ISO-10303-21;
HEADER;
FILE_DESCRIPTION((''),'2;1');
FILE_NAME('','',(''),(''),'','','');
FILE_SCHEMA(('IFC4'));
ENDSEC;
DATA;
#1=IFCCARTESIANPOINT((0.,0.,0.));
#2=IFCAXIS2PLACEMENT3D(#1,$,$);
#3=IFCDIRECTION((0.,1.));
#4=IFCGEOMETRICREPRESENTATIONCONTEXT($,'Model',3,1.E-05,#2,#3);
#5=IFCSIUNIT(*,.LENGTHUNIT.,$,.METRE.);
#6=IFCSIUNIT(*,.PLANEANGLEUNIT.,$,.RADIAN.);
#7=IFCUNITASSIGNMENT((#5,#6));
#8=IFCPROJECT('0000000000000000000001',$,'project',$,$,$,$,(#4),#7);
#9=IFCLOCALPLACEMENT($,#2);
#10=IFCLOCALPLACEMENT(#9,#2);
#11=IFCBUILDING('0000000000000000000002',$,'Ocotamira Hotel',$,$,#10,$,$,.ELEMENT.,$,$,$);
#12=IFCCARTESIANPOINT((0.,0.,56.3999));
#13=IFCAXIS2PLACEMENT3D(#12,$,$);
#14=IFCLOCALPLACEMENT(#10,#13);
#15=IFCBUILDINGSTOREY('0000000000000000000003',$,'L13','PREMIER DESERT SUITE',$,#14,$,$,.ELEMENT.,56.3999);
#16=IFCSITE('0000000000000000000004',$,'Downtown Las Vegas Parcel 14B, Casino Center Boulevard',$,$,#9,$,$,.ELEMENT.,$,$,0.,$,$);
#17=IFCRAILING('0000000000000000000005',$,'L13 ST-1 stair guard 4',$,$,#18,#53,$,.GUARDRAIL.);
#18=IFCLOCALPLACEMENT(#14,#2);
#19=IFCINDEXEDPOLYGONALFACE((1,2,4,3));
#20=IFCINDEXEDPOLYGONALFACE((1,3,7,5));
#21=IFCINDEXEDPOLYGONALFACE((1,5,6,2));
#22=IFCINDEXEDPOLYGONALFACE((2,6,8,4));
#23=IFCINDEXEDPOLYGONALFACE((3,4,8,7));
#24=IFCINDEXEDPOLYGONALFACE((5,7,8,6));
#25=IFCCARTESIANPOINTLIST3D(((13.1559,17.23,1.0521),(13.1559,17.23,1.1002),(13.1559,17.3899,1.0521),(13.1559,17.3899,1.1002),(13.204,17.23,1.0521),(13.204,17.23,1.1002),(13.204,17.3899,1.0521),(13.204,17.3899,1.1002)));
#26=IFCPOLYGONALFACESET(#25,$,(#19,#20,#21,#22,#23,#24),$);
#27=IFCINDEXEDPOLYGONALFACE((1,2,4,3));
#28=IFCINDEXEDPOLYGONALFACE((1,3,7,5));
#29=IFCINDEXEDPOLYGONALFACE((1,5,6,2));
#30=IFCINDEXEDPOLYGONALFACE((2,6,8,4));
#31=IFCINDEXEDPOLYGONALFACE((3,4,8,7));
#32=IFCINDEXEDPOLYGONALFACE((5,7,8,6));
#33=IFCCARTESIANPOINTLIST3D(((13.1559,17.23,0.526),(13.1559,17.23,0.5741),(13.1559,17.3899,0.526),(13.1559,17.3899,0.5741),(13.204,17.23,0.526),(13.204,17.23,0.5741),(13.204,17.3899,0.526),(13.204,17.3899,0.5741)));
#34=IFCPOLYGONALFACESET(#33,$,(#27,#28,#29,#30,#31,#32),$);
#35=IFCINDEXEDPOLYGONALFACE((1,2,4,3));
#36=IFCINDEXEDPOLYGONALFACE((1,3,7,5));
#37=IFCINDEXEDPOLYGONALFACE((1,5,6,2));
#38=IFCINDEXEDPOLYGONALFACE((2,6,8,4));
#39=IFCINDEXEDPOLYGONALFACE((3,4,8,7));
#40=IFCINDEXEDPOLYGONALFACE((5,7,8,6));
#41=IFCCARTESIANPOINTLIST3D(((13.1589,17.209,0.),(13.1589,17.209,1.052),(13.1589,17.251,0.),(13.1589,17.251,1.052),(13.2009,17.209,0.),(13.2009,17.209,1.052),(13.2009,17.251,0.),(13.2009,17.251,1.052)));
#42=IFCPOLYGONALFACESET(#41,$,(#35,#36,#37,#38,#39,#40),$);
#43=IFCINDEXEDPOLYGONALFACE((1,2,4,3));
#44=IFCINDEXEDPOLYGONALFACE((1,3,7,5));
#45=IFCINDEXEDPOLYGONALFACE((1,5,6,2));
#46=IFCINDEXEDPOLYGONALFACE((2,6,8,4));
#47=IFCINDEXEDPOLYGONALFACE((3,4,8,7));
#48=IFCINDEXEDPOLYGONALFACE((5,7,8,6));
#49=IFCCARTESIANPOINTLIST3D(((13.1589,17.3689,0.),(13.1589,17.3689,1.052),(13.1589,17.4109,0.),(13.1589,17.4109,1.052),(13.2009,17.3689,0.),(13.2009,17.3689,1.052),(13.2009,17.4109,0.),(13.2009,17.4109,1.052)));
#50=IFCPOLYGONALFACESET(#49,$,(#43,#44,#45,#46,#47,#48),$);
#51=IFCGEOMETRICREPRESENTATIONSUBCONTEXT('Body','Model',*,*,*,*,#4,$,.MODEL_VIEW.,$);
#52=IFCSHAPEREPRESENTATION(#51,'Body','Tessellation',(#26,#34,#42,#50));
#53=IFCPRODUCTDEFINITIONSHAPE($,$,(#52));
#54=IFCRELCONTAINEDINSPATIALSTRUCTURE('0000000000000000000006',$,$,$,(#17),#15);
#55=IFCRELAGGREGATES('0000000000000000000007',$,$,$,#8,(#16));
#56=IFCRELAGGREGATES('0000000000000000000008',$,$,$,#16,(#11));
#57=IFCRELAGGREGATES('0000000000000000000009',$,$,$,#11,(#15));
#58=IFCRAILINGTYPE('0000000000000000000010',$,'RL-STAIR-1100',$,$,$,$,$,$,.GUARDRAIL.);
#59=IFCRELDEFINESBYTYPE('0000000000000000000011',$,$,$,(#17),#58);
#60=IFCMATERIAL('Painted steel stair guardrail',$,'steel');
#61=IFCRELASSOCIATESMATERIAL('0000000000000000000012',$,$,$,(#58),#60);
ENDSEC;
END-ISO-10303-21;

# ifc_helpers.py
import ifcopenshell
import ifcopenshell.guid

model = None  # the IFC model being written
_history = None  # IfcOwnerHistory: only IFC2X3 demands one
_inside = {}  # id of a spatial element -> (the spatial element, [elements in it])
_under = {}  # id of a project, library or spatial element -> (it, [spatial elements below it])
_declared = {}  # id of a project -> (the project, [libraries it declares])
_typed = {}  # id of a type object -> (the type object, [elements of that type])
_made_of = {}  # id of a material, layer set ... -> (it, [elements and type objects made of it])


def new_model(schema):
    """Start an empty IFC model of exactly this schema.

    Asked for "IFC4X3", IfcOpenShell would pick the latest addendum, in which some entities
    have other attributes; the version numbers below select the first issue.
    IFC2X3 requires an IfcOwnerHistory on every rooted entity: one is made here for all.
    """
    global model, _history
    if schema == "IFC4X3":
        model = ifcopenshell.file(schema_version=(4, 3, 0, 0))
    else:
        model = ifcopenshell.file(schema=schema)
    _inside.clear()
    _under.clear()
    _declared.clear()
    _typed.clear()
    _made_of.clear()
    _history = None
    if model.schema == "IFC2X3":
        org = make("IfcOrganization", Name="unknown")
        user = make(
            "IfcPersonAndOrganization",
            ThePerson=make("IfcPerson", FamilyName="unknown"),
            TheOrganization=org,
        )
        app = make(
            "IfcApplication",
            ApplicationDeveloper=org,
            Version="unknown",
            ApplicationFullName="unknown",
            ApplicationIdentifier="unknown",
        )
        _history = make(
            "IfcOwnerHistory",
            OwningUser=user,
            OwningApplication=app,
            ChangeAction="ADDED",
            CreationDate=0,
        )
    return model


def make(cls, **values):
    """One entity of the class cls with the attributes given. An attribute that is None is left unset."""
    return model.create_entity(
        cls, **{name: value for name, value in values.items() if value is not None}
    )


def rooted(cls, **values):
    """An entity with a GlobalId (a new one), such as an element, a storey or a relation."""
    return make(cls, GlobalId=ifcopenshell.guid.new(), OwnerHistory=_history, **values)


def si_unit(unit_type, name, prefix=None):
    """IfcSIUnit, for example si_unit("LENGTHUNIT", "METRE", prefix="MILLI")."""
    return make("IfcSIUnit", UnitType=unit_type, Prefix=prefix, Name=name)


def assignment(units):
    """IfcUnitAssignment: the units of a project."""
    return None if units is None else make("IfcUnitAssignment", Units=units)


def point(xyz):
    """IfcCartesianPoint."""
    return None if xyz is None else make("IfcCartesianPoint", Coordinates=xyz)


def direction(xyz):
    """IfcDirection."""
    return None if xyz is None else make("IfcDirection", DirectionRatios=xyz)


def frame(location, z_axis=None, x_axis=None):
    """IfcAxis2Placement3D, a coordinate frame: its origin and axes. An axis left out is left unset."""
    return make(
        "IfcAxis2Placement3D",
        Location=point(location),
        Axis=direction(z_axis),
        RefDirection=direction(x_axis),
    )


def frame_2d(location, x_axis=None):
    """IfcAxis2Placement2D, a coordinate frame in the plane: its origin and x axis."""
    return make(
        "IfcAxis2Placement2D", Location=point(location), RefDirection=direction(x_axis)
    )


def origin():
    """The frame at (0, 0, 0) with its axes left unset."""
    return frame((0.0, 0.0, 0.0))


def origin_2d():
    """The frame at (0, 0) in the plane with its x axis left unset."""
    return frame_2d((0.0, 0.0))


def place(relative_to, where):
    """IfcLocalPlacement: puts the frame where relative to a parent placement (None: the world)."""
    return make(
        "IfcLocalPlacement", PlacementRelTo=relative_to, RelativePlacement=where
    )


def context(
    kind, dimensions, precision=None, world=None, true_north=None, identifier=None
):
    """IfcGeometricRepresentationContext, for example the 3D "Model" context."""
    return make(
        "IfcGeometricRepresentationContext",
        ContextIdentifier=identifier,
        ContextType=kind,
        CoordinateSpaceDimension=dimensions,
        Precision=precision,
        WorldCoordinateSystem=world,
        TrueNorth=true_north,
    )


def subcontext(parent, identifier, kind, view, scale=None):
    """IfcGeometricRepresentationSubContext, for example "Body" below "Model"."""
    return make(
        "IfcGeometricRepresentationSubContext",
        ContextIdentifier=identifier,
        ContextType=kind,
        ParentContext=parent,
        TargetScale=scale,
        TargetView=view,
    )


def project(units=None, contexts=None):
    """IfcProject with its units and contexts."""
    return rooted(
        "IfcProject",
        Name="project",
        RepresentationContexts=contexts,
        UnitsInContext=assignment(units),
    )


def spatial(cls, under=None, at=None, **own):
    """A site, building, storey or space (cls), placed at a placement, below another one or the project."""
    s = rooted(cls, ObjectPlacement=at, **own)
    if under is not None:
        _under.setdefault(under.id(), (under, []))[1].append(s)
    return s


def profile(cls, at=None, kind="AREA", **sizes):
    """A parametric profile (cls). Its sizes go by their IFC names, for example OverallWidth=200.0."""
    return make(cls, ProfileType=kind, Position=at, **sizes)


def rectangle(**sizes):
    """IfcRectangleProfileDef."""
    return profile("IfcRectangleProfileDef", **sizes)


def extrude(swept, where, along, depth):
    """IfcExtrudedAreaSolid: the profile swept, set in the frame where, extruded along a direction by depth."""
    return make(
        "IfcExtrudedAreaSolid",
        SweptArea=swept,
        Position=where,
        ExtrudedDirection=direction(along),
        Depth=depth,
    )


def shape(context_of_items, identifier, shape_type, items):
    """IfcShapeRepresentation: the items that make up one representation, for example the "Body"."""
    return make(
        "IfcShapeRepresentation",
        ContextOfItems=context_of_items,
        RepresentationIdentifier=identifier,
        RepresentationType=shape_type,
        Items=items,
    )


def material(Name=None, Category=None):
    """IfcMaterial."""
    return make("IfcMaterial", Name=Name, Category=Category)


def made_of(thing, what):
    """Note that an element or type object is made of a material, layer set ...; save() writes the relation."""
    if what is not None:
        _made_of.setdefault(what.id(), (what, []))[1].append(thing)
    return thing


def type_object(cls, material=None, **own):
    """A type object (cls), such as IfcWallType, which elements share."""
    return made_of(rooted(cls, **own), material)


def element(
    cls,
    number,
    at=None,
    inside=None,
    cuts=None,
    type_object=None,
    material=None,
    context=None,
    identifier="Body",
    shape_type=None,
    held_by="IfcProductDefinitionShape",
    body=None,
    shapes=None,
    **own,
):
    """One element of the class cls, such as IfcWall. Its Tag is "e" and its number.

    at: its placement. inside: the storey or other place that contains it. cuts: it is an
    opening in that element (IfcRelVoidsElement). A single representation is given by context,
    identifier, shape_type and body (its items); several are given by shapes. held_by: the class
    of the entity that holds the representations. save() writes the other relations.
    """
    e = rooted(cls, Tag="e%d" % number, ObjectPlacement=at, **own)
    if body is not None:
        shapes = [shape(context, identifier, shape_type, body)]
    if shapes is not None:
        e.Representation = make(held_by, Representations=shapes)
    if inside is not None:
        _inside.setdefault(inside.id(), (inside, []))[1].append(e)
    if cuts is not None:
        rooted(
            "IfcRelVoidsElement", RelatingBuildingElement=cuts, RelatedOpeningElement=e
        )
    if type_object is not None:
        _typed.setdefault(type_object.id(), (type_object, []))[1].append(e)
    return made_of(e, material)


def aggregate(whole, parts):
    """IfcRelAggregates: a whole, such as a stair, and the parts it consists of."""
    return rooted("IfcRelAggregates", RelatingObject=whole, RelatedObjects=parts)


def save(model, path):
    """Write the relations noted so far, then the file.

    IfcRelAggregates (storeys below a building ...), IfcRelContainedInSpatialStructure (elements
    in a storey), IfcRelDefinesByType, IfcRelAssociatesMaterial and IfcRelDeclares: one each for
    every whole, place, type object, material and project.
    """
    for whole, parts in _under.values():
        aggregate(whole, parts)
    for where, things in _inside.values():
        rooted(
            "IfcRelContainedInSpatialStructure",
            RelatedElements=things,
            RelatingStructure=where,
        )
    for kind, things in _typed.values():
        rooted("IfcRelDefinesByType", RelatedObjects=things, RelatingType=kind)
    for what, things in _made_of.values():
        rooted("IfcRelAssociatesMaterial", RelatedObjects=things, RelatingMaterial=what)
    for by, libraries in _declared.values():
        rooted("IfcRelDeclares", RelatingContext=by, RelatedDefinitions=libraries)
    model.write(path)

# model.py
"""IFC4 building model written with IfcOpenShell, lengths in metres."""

from ifc_helpers import new_model, si_unit, direction, frame, origin, origin_2d, place, context, subcontext, project, spatial, rectangle, extrude, material, type_object, element, save


model = new_model("IFC4")

# Units and contexts
model_context = context("Model", 3, precision=1e-05, world=origin(), true_north=direction((0.0, 1.0)))
body_context = subcontext(model_context, "Body", "Model", "MODEL_VIEW")
ifc_project = project(units=[si_unit("LENGTHUNIT", "METRE"), si_unit("PLANEANGLEUNIT", "RADIAN")], contexts=[model_context])

# Site, building, storey
site_placement = place(None, origin())
site = spatial("IfcSite", under=ifc_project, at=site_placement, Name="Downtown Las Vegas Parcel 14B, Casino Center Boulevard", CompositionType="ELEMENT", RefElevation=0.0)
building_placement = place(site_placement, origin())
building = spatial("IfcBuilding", under=site, at=building_placement, Name="Ocotamira Hotel", CompositionType="ELEMENT")
storey_placement = place(building_placement, frame((0.0, 0.0, 56.3999)))
storey = spatial("IfcBuildingStorey", under=building, at=storey_placement, Name="L13", Description="PREMIER DESERT SUITE", CompositionType="ELEMENT", Elevation=56.3999)

# Railing
ifc_material_1 = material(Name="Painted steel stair guardrail", Category="steel")
railing_type_1 = type_object("IfcRailingType", Name="RL-STAIR-1100", PredefinedType="GUARDRAIL", material=ifc_material_1)
railing_1_placement = place(storey_placement, frame((13.1799, 17.23, 0.0)))
element("IfcRailing", 1, at=railing_1_placement, inside=storey, type_object=railing_type_1, Name="L13 ST-1 stair guard 4", PredefinedType="GUARDRAIL", context=body_context, shape_type="SweptSolid", body=[
    extrude(rectangle(XDim=0.0481, YDim=0.0481, at=origin_2d()), frame((0.0, 0.0, 1.0762), z_axis=(0.0, 1.0, 0.0), x_axis=(-1.0, 0.0, 0.0)), (0.0, 0.0, 1.0), 0.1599),
    extrude(rectangle(XDim=0.0481, YDim=0.0481, at=origin_2d()), frame((0.0, 0.0, 0.55), z_axis=(0.0, 1.0, 0.0), x_axis=(-1.0, 0.0, 0.0)), (0.0, 0.0, 1.0), 0.1599),
    extrude(rectangle(XDim=0.042, YDim=0.042, at=origin_2d()), origin(), (0.0, 0.0, 1.0), 1.052),
    extrude(rectangle(XDim=0.042, YDim=0.042, at=origin_2d()), frame((0.0, 0.1599, 0.0)), (0.0, 0.0, 1.0), 1.052),
])

save(model, "model.ifc")
